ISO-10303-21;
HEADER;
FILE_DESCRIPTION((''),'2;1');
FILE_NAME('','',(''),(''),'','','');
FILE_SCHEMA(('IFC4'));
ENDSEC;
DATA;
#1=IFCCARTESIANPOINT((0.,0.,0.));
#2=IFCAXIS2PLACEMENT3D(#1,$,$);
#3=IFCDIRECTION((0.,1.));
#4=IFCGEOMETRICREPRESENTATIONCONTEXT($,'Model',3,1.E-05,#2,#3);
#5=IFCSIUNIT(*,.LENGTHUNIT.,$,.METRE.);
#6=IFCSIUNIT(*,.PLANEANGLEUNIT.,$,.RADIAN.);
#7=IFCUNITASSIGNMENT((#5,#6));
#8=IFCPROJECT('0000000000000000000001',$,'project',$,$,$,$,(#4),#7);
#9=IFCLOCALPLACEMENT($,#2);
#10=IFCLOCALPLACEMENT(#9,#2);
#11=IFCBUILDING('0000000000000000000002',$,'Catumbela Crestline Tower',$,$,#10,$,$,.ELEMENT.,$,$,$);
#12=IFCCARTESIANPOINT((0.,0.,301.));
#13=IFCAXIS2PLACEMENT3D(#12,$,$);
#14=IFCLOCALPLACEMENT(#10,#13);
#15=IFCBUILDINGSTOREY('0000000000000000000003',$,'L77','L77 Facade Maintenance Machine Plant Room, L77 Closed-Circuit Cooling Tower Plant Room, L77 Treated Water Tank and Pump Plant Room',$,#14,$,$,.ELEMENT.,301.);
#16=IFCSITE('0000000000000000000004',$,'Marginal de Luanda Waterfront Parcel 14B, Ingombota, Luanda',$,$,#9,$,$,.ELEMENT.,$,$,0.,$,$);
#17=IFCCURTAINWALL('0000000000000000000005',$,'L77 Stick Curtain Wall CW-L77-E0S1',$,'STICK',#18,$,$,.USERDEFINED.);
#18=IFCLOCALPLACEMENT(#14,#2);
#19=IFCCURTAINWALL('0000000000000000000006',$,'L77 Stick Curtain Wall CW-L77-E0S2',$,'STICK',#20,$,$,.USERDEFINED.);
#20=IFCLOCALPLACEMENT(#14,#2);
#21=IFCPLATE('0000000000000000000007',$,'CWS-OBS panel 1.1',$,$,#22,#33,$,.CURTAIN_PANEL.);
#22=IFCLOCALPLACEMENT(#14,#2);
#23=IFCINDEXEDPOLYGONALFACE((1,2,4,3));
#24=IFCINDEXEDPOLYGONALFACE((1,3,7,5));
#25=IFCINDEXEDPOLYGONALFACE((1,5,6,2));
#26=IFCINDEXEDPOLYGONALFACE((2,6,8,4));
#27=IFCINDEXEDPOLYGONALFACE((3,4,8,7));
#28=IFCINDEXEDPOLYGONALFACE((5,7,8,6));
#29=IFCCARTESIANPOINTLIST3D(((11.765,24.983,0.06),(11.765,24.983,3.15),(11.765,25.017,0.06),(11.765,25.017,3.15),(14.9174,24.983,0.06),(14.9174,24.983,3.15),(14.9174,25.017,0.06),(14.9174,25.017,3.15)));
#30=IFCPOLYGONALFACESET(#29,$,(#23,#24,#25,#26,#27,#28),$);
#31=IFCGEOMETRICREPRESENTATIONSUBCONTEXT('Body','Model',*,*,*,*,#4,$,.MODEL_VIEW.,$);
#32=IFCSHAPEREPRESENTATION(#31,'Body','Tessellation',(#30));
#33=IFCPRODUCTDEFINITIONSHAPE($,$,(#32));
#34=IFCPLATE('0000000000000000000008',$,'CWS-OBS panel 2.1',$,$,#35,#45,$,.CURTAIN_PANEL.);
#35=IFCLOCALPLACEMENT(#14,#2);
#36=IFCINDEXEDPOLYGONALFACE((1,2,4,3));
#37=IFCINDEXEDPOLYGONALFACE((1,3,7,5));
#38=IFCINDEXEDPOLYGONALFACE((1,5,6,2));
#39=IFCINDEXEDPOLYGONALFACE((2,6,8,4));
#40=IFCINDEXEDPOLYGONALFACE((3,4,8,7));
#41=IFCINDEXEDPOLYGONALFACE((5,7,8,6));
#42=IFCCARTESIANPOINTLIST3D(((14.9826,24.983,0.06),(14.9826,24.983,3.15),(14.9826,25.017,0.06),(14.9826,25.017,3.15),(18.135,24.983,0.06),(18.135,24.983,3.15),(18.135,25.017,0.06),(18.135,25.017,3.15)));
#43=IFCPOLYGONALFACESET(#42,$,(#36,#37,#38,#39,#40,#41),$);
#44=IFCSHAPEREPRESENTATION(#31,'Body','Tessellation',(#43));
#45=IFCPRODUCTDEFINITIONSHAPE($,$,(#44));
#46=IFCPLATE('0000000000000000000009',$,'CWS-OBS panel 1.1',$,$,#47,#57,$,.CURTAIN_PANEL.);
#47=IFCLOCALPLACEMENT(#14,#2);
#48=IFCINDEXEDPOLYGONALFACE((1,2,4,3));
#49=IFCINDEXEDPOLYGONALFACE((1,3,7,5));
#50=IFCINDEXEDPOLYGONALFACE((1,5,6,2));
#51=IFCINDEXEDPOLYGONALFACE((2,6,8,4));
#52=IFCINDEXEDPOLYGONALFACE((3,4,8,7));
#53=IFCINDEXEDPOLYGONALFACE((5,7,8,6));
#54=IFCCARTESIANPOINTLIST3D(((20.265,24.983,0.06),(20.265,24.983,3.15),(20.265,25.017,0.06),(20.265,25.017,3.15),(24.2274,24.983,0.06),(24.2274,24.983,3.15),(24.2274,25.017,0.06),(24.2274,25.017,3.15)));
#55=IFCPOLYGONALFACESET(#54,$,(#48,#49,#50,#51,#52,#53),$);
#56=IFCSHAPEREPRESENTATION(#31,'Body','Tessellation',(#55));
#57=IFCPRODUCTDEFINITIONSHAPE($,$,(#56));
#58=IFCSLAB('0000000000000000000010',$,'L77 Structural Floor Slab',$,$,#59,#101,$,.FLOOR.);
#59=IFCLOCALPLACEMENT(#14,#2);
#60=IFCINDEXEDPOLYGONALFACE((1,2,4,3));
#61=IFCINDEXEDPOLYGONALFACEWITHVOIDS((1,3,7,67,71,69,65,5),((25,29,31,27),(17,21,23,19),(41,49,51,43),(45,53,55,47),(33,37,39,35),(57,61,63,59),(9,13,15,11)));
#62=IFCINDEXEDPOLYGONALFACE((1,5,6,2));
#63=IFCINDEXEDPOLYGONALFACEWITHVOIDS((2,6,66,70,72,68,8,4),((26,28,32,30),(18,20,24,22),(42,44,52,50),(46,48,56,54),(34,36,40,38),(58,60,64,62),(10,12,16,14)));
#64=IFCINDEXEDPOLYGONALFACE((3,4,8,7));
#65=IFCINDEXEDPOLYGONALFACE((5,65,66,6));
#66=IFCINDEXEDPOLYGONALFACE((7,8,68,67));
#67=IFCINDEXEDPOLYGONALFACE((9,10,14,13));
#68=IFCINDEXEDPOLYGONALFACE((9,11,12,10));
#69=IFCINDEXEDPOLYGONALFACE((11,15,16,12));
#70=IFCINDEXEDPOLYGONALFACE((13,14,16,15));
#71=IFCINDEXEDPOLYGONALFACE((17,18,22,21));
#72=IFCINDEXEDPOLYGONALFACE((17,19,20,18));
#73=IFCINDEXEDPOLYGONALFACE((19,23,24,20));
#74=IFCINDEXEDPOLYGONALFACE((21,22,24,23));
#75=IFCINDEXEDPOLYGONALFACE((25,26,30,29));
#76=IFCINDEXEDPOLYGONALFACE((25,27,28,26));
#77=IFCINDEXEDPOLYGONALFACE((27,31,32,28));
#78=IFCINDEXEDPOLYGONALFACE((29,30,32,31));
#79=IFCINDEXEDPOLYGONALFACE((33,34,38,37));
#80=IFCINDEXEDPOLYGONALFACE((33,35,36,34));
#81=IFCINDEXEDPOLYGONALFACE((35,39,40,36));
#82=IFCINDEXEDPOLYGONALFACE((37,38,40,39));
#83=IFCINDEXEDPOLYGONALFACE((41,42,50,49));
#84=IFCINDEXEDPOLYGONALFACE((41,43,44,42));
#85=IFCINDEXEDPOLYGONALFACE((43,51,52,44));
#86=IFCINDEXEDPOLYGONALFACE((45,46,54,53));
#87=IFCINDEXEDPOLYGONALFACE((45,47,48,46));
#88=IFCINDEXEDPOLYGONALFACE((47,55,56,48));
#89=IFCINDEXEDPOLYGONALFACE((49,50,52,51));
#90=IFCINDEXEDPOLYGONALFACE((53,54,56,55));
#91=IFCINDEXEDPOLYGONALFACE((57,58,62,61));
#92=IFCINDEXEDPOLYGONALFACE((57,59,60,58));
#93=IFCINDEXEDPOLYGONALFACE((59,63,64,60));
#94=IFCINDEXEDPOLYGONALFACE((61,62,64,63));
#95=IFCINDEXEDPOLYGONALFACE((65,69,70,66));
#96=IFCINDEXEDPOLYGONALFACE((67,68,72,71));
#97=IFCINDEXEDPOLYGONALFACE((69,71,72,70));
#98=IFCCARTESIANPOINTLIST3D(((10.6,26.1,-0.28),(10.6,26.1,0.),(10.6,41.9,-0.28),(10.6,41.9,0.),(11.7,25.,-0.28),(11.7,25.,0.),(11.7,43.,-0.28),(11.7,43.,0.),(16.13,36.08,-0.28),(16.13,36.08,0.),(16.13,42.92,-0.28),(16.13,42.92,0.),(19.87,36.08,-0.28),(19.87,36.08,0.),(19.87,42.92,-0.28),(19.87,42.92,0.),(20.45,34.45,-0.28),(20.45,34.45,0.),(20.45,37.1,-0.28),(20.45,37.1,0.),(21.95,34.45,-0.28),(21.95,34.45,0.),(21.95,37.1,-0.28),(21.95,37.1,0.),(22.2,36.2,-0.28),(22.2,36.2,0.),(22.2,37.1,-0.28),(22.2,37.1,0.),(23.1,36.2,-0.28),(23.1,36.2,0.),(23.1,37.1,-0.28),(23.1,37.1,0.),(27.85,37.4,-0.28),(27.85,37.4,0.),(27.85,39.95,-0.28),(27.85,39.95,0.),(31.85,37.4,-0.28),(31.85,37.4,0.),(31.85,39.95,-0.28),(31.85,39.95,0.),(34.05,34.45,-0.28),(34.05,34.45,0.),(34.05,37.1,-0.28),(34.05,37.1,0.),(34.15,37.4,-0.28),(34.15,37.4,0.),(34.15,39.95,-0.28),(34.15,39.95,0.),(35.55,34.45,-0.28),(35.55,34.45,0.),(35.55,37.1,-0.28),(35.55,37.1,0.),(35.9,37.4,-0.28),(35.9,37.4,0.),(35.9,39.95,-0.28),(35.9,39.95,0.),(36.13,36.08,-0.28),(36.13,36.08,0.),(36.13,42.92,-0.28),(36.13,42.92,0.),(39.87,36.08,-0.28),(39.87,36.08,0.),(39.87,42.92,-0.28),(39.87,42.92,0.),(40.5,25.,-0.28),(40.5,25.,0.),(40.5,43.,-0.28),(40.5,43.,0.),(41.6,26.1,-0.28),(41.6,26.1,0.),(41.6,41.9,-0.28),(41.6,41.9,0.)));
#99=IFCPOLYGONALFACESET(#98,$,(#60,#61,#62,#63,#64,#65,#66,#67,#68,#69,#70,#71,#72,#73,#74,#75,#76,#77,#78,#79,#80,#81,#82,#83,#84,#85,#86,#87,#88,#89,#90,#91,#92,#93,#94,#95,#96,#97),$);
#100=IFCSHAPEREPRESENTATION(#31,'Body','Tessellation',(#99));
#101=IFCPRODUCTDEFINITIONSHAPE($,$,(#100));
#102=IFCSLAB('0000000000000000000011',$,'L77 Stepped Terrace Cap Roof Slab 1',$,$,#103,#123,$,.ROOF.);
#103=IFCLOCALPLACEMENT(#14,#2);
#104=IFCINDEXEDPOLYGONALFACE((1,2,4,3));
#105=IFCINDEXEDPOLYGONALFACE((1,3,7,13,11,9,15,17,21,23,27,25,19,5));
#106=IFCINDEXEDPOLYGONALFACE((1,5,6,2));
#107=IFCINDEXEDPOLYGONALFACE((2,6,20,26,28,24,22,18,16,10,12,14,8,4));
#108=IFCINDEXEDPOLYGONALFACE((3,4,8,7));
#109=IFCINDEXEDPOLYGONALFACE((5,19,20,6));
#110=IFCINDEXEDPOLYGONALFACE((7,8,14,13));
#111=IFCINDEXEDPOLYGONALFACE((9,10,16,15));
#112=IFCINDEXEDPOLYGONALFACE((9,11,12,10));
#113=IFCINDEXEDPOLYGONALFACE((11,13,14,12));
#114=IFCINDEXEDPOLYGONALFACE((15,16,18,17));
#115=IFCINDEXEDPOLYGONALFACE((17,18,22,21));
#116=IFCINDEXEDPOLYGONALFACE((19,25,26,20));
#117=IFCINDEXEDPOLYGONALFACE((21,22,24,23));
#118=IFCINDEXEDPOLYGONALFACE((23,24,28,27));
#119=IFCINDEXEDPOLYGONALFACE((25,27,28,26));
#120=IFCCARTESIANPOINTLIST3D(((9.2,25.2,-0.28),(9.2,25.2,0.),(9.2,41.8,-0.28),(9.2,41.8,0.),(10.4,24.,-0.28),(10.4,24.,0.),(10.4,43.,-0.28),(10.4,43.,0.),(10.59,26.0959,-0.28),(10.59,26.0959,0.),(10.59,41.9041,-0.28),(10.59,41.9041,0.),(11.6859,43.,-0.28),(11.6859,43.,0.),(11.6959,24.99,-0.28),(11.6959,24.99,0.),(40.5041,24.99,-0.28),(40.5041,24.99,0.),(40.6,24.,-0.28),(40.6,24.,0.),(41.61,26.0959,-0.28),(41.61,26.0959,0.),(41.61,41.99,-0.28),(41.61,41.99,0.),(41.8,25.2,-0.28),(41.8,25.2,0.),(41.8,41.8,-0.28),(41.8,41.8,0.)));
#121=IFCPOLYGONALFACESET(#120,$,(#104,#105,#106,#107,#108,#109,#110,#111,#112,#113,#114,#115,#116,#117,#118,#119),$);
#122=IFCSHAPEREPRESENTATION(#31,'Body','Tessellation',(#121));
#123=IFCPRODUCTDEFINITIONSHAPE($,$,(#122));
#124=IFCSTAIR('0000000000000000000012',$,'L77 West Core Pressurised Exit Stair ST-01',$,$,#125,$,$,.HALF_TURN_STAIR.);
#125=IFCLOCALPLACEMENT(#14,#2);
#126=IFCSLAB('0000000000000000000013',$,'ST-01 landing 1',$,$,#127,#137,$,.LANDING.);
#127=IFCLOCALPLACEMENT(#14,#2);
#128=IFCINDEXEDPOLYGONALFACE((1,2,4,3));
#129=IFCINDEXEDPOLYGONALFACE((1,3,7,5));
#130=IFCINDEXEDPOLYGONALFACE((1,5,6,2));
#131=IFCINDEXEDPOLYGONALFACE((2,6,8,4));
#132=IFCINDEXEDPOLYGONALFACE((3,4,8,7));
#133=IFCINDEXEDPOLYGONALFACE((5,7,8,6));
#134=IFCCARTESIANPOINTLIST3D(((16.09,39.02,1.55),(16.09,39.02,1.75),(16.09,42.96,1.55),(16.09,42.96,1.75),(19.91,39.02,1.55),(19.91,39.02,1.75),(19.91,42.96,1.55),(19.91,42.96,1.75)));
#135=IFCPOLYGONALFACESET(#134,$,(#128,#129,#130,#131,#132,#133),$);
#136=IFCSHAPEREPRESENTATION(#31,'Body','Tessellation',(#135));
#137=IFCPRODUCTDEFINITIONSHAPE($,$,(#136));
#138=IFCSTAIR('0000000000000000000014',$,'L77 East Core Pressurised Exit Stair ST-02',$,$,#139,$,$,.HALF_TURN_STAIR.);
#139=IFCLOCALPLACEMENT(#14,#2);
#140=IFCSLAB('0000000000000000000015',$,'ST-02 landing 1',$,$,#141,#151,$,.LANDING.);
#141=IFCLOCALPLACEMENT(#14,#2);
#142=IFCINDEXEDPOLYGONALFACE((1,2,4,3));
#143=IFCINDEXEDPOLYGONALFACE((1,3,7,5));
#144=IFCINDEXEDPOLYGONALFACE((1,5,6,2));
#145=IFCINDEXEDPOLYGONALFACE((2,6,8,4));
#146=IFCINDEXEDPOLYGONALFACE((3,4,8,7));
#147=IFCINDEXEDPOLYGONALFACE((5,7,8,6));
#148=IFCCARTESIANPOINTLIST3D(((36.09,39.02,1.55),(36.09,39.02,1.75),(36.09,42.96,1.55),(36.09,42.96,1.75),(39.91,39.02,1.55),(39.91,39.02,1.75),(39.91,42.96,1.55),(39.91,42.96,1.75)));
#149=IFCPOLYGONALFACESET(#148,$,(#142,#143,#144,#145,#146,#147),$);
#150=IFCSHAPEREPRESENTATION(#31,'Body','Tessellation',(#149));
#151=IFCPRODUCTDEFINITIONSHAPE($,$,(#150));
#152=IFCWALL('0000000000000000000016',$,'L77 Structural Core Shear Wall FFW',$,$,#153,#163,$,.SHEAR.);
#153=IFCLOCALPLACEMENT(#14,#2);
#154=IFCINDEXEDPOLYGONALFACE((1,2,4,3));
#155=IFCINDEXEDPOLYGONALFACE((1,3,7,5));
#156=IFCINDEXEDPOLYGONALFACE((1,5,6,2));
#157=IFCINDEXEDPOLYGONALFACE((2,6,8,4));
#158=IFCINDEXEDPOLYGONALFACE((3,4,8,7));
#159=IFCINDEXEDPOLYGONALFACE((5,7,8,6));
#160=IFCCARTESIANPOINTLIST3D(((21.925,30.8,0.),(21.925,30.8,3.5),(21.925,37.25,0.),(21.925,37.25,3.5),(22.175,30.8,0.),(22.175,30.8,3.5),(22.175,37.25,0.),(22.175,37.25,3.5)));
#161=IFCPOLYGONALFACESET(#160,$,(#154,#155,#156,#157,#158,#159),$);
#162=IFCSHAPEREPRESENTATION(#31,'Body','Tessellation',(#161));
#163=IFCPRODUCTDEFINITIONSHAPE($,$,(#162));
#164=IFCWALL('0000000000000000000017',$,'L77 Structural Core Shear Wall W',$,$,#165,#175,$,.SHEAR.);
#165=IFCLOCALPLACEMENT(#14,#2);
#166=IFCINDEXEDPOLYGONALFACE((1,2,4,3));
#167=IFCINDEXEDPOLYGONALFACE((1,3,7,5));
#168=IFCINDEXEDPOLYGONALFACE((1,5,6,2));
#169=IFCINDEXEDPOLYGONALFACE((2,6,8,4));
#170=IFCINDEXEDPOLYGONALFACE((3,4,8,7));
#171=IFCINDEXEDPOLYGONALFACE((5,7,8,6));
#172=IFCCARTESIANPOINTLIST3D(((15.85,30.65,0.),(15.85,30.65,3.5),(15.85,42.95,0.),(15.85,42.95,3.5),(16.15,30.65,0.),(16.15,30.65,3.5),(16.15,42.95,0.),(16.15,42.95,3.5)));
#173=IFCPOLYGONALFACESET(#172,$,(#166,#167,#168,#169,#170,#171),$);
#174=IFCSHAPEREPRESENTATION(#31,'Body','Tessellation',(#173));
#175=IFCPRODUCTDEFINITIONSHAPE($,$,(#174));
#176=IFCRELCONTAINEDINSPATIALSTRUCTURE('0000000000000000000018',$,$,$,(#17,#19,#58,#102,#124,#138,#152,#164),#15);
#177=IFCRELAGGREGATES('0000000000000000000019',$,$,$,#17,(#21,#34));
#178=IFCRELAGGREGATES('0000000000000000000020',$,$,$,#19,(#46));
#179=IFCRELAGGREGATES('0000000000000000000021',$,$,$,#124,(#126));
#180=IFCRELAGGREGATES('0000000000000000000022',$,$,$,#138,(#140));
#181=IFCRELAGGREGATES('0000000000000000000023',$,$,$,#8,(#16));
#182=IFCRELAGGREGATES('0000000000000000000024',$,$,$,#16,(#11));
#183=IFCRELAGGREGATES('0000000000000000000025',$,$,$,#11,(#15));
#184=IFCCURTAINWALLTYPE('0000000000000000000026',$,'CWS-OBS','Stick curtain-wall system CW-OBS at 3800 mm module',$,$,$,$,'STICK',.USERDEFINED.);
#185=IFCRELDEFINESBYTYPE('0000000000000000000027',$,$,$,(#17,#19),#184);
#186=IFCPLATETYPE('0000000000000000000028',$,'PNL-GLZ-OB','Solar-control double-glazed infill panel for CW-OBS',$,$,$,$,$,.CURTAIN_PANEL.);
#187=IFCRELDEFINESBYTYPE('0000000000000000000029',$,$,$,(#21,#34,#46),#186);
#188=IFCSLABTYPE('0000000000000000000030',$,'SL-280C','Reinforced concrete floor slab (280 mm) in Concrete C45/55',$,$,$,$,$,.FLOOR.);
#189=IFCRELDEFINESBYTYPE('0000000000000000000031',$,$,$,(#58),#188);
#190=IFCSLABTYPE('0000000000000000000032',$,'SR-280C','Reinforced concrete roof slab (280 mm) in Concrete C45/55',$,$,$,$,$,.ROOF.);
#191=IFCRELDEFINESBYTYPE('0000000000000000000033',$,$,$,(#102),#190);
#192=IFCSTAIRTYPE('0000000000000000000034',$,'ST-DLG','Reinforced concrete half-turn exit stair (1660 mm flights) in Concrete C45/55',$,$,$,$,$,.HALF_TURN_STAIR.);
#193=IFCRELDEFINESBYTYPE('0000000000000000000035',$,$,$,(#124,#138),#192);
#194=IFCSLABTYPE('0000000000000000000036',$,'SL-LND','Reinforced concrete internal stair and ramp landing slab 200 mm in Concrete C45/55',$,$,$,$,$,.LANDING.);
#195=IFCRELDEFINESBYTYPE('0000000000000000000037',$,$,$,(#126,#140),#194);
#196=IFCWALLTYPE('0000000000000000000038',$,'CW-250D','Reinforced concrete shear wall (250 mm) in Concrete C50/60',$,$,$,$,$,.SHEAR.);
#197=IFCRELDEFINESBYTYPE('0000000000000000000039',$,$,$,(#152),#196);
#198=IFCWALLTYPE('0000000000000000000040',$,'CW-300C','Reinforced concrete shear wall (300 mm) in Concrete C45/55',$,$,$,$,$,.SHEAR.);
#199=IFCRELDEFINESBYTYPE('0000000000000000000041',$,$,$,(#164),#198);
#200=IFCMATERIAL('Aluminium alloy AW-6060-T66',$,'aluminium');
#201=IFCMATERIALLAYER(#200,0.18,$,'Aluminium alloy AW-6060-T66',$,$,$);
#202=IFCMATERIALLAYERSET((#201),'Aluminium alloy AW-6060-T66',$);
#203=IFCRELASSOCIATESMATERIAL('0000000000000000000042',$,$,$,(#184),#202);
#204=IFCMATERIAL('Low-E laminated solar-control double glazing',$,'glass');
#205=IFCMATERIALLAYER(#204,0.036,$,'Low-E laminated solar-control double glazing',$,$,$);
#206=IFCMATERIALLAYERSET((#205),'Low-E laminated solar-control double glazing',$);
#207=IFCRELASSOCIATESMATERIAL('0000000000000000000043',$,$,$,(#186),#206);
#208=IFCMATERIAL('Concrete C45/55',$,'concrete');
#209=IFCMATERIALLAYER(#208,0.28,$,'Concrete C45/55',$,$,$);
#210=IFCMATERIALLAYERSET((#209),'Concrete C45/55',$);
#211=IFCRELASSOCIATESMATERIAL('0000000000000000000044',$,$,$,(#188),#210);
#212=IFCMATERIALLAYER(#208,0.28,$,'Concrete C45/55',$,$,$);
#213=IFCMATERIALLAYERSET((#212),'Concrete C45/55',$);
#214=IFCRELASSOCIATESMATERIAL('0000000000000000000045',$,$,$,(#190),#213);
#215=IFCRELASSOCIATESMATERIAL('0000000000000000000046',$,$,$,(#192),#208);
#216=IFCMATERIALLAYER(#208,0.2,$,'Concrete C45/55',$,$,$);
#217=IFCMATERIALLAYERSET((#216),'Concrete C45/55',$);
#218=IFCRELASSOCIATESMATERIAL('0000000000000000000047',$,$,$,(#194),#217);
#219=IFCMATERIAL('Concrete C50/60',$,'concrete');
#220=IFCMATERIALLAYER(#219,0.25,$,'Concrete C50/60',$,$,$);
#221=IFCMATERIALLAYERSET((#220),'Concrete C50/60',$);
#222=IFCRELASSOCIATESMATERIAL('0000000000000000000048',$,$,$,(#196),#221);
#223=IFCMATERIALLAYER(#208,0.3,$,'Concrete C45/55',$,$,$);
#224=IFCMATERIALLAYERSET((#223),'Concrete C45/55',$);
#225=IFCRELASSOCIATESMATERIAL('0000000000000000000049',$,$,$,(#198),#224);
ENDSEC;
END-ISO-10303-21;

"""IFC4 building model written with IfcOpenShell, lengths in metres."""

from ifc_helpers import new_model, si_unit, direction, frame, frame_2d, origin, origin_2d, place, context, subcontext, project, spatial, polyline, rectangle, outline, extrude, material, layer, layer_set, type_object, element, aggregate, save


model = new_model("IFC4")

# Units and contexts
model_context = context("Model", 3, precision=1e-05, world=origin(), true_north=direction((0.0, 1.0)))
body_context = subcontext(model_context, "Body", "Model", "MODEL_VIEW")
ifc_project = project(units=[si_unit("LENGTHUNIT", "METRE"), si_unit("PLANEANGLEUNIT", "RADIAN")], contexts=[model_context])

# Site, building, storey
site_placement = place(None, origin())
site = spatial("IfcSite", under=ifc_project, at=site_placement, Name="Marginal de Luanda Waterfront Parcel 14B, Ingombota, Luanda", CompositionType="ELEMENT", RefElevation=0.0)
building_placement = place(site_placement, origin())
building = spatial("IfcBuilding", under=site, at=building_placement, Name="Catumbela Crestline Tower", CompositionType="ELEMENT")
storey_placement = place(building_placement, frame((0.0, 0.0, 301.0)))
storey = spatial("IfcBuildingStorey", under=building, at=storey_placement, Name="L77", Description="L77 Facade Maintenance Machine Plant Room, L77 Closed-Circuit Cooling Tower Plant Room, L77 Treated Water Tank and Pump Plant Room", CompositionType="ELEMENT", Elevation=301.0)

# Curtain walls
ifc_material_1 = material(Name="Aluminium alloy AW-6060-T66", Category="aluminium")
ifc_layer_1 = layer(ifc_material_1, 0.18, Name="Aluminium alloy AW-6060-T66")
ifc_layer_set_1 = layer_set([ifc_layer_1], Name="Aluminium alloy AW-6060-T66")
curtain_wall_type = type_object("IfcCurtainWallType", Name="CWS-OBS", Description="Stick curtain-wall system CW-OBS at 3800 mm module", ElementType="STICK", PredefinedType="USERDEFINED", material=ifc_layer_set_1)
curtain_wall_1_placement = place(storey_placement, origin())
curtain_wall_1 = element("IfcCurtainWall", 1, at=curtain_wall_1_placement, inside=storey, type_object=curtain_wall_type, Name="L77 Stick Curtain Wall CW-L77-E0S1", ObjectType="STICK", PredefinedType="USERDEFINED")
curtain_wall_2_placement = place(storey_placement, origin())
curtain_wall_2 = element("IfcCurtainWall", 2, at=curtain_wall_2_placement, inside=storey, type_object=curtain_wall_type, Name="L77 Stick Curtain Wall CW-L77-E0S2", ObjectType="STICK", PredefinedType="USERDEFINED")

# Plates
ifc_material_2 = material(Name="Low-E laminated solar-control double glazing", Category="glass")
ifc_layer_2 = layer(ifc_material_2, 0.036, Name="Low-E laminated solar-control double glazing")
ifc_layer_set_2 = layer_set([ifc_layer_2], Name="Low-E laminated solar-control double glazing")
plate_type = type_object("IfcPlateType", Name="PNL-GLZ-OB", Description="Solar-control double-glazed infill panel for CW-OBS", PredefinedType="CURTAIN_PANEL", material=ifc_layer_set_2)
plate_1_placement = place(storey_placement, frame((13.3412, 25.0, 0.06), z_axis=(0.0, 0.0, 1.0), x_axis=(1.0, 0.0, 0.0)))
plate_1 = element("IfcPlate", 3, at=plate_1_placement, type_object=plate_type, Name="CWS-OBS panel 1.1", PredefinedType="CURTAIN_PANEL", context=body_context, shape_type="SweptSolid", body=[
    extrude(rectangle(XDim=3.1525, YDim=0.034, at=origin_2d()), origin(), (0.0, 0.0, 1.0), 3.09),
])
plate_2_placement = place(storey_placement, frame((16.5588, 25.0, 0.06), z_axis=(0.0, 0.0, 1.0), x_axis=(1.0, 0.0, 0.0)))
plate_2 = element("IfcPlate", 4, at=plate_2_placement, type_object=plate_type, Name="CWS-OBS panel 2.1", PredefinedType="CURTAIN_PANEL", context=body_context, shape_type="SweptSolid", body=[
    extrude(rectangle(XDim=3.1525, YDim=0.034, at=origin_2d()), origin(), (0.0, 0.0, 1.0), 3.09),
])
aggregate(curtain_wall_1, [plate_1, plate_2])
plate_3_placement = place(storey_placement, frame((22.2462, 25.0, 0.06), z_axis=(0.0, 0.0, 1.0), x_axis=(1.0, 0.0, 0.0)))
plate_3 = element("IfcPlate", 5, at=plate_3_placement, type_object=plate_type, Name="CWS-OBS panel 1.1", PredefinedType="CURTAIN_PANEL", context=body_context, shape_type="SweptSolid", body=[
    extrude(rectangle(XDim=3.9625, YDim=0.034, at=origin_2d()), origin(), (0.0, 0.0, 1.0), 3.09),
])
aggregate(curtain_wall_2, [plate_3])

# Slabs
ifc_material_3 = material(Name="Concrete C45/55", Category="concrete")
ifc_layer_3 = layer(ifc_material_3, 0.28, Name="Concrete C45/55")
ifc_layer_set_3 = layer_set([ifc_layer_3], Name="Concrete C45/55")
slab_type_1 = type_object("IfcSlabType", Name="SL-280C", Description="Reinforced concrete floor slab (280 mm) in Concrete C45/55", PredefinedType="FLOOR", material=ifc_layer_set_3)
slab_1_placement = place(storey_placement, frame((0.0, 0.0, -0.28)))
element("IfcSlab", 6, at=slab_1_placement, inside=storey, type_object=slab_type_1, Name="L77 Structural Floor Slab", PredefinedType="FLOOR", context=body_context, shape_type="SweptSolid", body=[
    extrude(outline(polyline([(11.7, 25.0), (40.5, 25.0), (41.6, 26.1), (41.6, 41.9), (40.5, 43.0), (11.7, 43.0), (10.6, 41.9), (10.6, 26.1), (11.7, 25.0)]), holes=[polyline([(16.13, 36.08), (19.87, 36.08), (19.87, 42.92), (16.13, 42.92), (16.13, 36.08)]), polyline([(36.13, 36.08), (39.87, 36.08), (39.87, 42.92), (36.13, 42.92), (36.13, 36.08)]), polyline([(27.85, 37.4), (31.85, 37.4), (31.85, 39.95), (27.85, 39.95), (27.85, 37.4)]), polyline([(20.45, 34.45), (21.95, 34.45), (21.95, 37.1), (20.45, 37.1), (20.45, 34.45)]), polyline([(34.05, 34.45), (35.55, 34.45), (35.55, 37.1), (34.05, 37.1), (34.05, 34.45)]), polyline([(34.15, 37.4), (35.9, 37.4), (35.9, 39.95), (34.15, 39.95), (34.15, 37.4)]), polyline([(22.2, 36.2), (23.1, 36.2), (23.1, 37.1), (22.2, 37.1), (22.2, 36.2)])]), origin(), (0.0, 0.0, 1.0), 0.28),
])
ifc_layer_4 = layer(ifc_material_3, 0.28, Name="Concrete C45/55")
ifc_layer_set_4 = layer_set([ifc_layer_4], Name="Concrete C45/55")
slab_type_2 = type_object("IfcSlabType", Name="SR-280C", Description="Reinforced concrete roof slab (280 mm) in Concrete C45/55", PredefinedType="ROOF", material=ifc_layer_set_4)
slab_2_placement = place(storey_placement, frame((0.0, 0.0, -0.28)))
element("IfcSlab", 7, at=slab_2_placement, inside=storey, type_object=slab_type_2, Name="L77 Stepped Terrace Cap Roof Slab 1", PredefinedType="ROOF", context=body_context, shape_type="SweptSolid", body=[
    extrude(outline(polyline([(41.61, 41.99), (41.8, 41.8), (41.8, 25.2), (40.6, 24.0), (10.4, 24.0), (9.2, 25.2), (9.2, 41.8), (10.4, 43.0), (11.6859, 43.0), (10.59, 41.9041), (10.59, 26.0959), (11.6959, 24.99), (40.5041, 24.99), (41.61, 26.0959), (41.61, 41.99)])), origin(), (0.0, 0.0, 1.0), 0.28),
])

# Stairs, slabs
stair_type = type_object("IfcStairType", Name="ST-DLG", Description="Reinforced concrete half-turn exit stair (1660 mm flights) in Concrete C45/55", PredefinedType="HALF_TURN_STAIR", material=ifc_material_3)
stair_1_placement = place(storey_placement, origin())
stair_1 = element("IfcStair", 8, at=stair_1_placement, inside=storey, type_object=stair_type, Name="L77 West Core Pressurised Exit Stair ST-01", PredefinedType="HALF_TURN_STAIR")
ifc_layer_5 = layer(ifc_material_3, 0.2, Name="Concrete C45/55")
ifc_layer_set_5 = layer_set([ifc_layer_5], Name="Concrete C45/55")
slab_type_3 = type_object("IfcSlabType", Name="SL-LND", Description="Reinforced concrete internal stair and ramp landing slab 200 mm in Concrete C45/55", PredefinedType="LANDING", material=ifc_layer_set_5)
slab_3_placement = place(storey_placement, frame((0.0, 0.0, 1.55)))
slab_3 = element("IfcSlab", 9, at=slab_3_placement, type_object=slab_type_3, Name="ST-01 landing 1", PredefinedType="LANDING", context=body_context, shape_type="SweptSolid", body=[
    extrude(outline(polyline([(19.91, 39.02), (19.91, 42.96), (16.09, 42.96), (16.09, 39.02), (19.91, 39.02)])), origin(), (0.0, 0.0, 1.0), 0.2),
])
aggregate(stair_1, [slab_3])
stair_2_placement = place(storey_placement, origin())
stair_2 = element("IfcStair", 10, at=stair_2_placement, inside=storey, type_object=stair_type, Name="L77 East Core Pressurised Exit Stair ST-02", PredefinedType="HALF_TURN_STAIR")
slab_4_placement = place(storey_placement, frame((0.0, 0.0, 1.55)))
slab_4 = element("IfcSlab", 11, at=slab_4_placement, type_object=slab_type_3, Name="ST-02 landing 1", PredefinedType="LANDING", context=body_context, shape_type="SweptSolid", body=[
    extrude(outline(polyline([(39.91, 39.02), (39.91, 42.96), (36.09, 42.96), (36.09, 39.02), (39.91, 39.02)])), origin(), (0.0, 0.0, 1.0), 0.2),
])
aggregate(stair_2, [slab_4])

# Walls
ifc_material_4 = material(Name="Concrete C50/60", Category="concrete")
ifc_layer_6 = layer(ifc_material_4, 0.25, Name="Concrete C50/60")
ifc_layer_set_6 = layer_set([ifc_layer_6], Name="Concrete C50/60")
wall_type_1 = type_object("IfcWallType", Name="CW-250D", Description="Reinforced concrete shear wall (250 mm) in Concrete C50/60", PredefinedType="SHEAR", material=ifc_layer_set_6)
wall_1_placement = place(storey_placement, frame((22.05, 30.8, 0.0), z_axis=(0.0, 0.0, 1.0), x_axis=(0.0, 1.0, 0.0)))
element("IfcWall", 12, at=wall_1_placement, inside=storey, type_object=wall_type_1, Name="L77 Structural Core Shear Wall FFW", PredefinedType="SHEAR", context=body_context, shape_type="SweptSolid", body=[
    extrude(rectangle(XDim=6.45, YDim=0.25, at=frame_2d((3.225, 0.0))), origin(), (0.0, 0.0, 1.0), 3.5),
])
ifc_layer_7 = layer(ifc_material_3, 0.3, Name="Concrete C45/55")
ifc_layer_set_7 = layer_set([ifc_layer_7], Name="Concrete C45/55")
wall_type_2 = type_object("IfcWallType", Name="CW-300C", Description="Reinforced concrete shear wall (300 mm) in Concrete C45/55", PredefinedType="SHEAR", material=ifc_layer_set_7)
wall_2_placement = place(storey_placement, frame((16.0, 30.65, 0.0), z_axis=(0.0, 0.0, 1.0), x_axis=(0.0, 1.0, 0.0)))
element("IfcWall", 13, at=wall_2_placement, inside=storey, type_object=wall_type_2, Name="L77 Structural Core Shear Wall W", PredefinedType="SHEAR", context=body_context, shape_type="SweptSolid", body=[
    extrude(rectangle(XDim=12.3, YDim=0.3, at=frame_2d((6.15, 0.0))), origin(), (0.0, 0.0, 1.0), 3.5),
])

save(model, "model.ifc")
